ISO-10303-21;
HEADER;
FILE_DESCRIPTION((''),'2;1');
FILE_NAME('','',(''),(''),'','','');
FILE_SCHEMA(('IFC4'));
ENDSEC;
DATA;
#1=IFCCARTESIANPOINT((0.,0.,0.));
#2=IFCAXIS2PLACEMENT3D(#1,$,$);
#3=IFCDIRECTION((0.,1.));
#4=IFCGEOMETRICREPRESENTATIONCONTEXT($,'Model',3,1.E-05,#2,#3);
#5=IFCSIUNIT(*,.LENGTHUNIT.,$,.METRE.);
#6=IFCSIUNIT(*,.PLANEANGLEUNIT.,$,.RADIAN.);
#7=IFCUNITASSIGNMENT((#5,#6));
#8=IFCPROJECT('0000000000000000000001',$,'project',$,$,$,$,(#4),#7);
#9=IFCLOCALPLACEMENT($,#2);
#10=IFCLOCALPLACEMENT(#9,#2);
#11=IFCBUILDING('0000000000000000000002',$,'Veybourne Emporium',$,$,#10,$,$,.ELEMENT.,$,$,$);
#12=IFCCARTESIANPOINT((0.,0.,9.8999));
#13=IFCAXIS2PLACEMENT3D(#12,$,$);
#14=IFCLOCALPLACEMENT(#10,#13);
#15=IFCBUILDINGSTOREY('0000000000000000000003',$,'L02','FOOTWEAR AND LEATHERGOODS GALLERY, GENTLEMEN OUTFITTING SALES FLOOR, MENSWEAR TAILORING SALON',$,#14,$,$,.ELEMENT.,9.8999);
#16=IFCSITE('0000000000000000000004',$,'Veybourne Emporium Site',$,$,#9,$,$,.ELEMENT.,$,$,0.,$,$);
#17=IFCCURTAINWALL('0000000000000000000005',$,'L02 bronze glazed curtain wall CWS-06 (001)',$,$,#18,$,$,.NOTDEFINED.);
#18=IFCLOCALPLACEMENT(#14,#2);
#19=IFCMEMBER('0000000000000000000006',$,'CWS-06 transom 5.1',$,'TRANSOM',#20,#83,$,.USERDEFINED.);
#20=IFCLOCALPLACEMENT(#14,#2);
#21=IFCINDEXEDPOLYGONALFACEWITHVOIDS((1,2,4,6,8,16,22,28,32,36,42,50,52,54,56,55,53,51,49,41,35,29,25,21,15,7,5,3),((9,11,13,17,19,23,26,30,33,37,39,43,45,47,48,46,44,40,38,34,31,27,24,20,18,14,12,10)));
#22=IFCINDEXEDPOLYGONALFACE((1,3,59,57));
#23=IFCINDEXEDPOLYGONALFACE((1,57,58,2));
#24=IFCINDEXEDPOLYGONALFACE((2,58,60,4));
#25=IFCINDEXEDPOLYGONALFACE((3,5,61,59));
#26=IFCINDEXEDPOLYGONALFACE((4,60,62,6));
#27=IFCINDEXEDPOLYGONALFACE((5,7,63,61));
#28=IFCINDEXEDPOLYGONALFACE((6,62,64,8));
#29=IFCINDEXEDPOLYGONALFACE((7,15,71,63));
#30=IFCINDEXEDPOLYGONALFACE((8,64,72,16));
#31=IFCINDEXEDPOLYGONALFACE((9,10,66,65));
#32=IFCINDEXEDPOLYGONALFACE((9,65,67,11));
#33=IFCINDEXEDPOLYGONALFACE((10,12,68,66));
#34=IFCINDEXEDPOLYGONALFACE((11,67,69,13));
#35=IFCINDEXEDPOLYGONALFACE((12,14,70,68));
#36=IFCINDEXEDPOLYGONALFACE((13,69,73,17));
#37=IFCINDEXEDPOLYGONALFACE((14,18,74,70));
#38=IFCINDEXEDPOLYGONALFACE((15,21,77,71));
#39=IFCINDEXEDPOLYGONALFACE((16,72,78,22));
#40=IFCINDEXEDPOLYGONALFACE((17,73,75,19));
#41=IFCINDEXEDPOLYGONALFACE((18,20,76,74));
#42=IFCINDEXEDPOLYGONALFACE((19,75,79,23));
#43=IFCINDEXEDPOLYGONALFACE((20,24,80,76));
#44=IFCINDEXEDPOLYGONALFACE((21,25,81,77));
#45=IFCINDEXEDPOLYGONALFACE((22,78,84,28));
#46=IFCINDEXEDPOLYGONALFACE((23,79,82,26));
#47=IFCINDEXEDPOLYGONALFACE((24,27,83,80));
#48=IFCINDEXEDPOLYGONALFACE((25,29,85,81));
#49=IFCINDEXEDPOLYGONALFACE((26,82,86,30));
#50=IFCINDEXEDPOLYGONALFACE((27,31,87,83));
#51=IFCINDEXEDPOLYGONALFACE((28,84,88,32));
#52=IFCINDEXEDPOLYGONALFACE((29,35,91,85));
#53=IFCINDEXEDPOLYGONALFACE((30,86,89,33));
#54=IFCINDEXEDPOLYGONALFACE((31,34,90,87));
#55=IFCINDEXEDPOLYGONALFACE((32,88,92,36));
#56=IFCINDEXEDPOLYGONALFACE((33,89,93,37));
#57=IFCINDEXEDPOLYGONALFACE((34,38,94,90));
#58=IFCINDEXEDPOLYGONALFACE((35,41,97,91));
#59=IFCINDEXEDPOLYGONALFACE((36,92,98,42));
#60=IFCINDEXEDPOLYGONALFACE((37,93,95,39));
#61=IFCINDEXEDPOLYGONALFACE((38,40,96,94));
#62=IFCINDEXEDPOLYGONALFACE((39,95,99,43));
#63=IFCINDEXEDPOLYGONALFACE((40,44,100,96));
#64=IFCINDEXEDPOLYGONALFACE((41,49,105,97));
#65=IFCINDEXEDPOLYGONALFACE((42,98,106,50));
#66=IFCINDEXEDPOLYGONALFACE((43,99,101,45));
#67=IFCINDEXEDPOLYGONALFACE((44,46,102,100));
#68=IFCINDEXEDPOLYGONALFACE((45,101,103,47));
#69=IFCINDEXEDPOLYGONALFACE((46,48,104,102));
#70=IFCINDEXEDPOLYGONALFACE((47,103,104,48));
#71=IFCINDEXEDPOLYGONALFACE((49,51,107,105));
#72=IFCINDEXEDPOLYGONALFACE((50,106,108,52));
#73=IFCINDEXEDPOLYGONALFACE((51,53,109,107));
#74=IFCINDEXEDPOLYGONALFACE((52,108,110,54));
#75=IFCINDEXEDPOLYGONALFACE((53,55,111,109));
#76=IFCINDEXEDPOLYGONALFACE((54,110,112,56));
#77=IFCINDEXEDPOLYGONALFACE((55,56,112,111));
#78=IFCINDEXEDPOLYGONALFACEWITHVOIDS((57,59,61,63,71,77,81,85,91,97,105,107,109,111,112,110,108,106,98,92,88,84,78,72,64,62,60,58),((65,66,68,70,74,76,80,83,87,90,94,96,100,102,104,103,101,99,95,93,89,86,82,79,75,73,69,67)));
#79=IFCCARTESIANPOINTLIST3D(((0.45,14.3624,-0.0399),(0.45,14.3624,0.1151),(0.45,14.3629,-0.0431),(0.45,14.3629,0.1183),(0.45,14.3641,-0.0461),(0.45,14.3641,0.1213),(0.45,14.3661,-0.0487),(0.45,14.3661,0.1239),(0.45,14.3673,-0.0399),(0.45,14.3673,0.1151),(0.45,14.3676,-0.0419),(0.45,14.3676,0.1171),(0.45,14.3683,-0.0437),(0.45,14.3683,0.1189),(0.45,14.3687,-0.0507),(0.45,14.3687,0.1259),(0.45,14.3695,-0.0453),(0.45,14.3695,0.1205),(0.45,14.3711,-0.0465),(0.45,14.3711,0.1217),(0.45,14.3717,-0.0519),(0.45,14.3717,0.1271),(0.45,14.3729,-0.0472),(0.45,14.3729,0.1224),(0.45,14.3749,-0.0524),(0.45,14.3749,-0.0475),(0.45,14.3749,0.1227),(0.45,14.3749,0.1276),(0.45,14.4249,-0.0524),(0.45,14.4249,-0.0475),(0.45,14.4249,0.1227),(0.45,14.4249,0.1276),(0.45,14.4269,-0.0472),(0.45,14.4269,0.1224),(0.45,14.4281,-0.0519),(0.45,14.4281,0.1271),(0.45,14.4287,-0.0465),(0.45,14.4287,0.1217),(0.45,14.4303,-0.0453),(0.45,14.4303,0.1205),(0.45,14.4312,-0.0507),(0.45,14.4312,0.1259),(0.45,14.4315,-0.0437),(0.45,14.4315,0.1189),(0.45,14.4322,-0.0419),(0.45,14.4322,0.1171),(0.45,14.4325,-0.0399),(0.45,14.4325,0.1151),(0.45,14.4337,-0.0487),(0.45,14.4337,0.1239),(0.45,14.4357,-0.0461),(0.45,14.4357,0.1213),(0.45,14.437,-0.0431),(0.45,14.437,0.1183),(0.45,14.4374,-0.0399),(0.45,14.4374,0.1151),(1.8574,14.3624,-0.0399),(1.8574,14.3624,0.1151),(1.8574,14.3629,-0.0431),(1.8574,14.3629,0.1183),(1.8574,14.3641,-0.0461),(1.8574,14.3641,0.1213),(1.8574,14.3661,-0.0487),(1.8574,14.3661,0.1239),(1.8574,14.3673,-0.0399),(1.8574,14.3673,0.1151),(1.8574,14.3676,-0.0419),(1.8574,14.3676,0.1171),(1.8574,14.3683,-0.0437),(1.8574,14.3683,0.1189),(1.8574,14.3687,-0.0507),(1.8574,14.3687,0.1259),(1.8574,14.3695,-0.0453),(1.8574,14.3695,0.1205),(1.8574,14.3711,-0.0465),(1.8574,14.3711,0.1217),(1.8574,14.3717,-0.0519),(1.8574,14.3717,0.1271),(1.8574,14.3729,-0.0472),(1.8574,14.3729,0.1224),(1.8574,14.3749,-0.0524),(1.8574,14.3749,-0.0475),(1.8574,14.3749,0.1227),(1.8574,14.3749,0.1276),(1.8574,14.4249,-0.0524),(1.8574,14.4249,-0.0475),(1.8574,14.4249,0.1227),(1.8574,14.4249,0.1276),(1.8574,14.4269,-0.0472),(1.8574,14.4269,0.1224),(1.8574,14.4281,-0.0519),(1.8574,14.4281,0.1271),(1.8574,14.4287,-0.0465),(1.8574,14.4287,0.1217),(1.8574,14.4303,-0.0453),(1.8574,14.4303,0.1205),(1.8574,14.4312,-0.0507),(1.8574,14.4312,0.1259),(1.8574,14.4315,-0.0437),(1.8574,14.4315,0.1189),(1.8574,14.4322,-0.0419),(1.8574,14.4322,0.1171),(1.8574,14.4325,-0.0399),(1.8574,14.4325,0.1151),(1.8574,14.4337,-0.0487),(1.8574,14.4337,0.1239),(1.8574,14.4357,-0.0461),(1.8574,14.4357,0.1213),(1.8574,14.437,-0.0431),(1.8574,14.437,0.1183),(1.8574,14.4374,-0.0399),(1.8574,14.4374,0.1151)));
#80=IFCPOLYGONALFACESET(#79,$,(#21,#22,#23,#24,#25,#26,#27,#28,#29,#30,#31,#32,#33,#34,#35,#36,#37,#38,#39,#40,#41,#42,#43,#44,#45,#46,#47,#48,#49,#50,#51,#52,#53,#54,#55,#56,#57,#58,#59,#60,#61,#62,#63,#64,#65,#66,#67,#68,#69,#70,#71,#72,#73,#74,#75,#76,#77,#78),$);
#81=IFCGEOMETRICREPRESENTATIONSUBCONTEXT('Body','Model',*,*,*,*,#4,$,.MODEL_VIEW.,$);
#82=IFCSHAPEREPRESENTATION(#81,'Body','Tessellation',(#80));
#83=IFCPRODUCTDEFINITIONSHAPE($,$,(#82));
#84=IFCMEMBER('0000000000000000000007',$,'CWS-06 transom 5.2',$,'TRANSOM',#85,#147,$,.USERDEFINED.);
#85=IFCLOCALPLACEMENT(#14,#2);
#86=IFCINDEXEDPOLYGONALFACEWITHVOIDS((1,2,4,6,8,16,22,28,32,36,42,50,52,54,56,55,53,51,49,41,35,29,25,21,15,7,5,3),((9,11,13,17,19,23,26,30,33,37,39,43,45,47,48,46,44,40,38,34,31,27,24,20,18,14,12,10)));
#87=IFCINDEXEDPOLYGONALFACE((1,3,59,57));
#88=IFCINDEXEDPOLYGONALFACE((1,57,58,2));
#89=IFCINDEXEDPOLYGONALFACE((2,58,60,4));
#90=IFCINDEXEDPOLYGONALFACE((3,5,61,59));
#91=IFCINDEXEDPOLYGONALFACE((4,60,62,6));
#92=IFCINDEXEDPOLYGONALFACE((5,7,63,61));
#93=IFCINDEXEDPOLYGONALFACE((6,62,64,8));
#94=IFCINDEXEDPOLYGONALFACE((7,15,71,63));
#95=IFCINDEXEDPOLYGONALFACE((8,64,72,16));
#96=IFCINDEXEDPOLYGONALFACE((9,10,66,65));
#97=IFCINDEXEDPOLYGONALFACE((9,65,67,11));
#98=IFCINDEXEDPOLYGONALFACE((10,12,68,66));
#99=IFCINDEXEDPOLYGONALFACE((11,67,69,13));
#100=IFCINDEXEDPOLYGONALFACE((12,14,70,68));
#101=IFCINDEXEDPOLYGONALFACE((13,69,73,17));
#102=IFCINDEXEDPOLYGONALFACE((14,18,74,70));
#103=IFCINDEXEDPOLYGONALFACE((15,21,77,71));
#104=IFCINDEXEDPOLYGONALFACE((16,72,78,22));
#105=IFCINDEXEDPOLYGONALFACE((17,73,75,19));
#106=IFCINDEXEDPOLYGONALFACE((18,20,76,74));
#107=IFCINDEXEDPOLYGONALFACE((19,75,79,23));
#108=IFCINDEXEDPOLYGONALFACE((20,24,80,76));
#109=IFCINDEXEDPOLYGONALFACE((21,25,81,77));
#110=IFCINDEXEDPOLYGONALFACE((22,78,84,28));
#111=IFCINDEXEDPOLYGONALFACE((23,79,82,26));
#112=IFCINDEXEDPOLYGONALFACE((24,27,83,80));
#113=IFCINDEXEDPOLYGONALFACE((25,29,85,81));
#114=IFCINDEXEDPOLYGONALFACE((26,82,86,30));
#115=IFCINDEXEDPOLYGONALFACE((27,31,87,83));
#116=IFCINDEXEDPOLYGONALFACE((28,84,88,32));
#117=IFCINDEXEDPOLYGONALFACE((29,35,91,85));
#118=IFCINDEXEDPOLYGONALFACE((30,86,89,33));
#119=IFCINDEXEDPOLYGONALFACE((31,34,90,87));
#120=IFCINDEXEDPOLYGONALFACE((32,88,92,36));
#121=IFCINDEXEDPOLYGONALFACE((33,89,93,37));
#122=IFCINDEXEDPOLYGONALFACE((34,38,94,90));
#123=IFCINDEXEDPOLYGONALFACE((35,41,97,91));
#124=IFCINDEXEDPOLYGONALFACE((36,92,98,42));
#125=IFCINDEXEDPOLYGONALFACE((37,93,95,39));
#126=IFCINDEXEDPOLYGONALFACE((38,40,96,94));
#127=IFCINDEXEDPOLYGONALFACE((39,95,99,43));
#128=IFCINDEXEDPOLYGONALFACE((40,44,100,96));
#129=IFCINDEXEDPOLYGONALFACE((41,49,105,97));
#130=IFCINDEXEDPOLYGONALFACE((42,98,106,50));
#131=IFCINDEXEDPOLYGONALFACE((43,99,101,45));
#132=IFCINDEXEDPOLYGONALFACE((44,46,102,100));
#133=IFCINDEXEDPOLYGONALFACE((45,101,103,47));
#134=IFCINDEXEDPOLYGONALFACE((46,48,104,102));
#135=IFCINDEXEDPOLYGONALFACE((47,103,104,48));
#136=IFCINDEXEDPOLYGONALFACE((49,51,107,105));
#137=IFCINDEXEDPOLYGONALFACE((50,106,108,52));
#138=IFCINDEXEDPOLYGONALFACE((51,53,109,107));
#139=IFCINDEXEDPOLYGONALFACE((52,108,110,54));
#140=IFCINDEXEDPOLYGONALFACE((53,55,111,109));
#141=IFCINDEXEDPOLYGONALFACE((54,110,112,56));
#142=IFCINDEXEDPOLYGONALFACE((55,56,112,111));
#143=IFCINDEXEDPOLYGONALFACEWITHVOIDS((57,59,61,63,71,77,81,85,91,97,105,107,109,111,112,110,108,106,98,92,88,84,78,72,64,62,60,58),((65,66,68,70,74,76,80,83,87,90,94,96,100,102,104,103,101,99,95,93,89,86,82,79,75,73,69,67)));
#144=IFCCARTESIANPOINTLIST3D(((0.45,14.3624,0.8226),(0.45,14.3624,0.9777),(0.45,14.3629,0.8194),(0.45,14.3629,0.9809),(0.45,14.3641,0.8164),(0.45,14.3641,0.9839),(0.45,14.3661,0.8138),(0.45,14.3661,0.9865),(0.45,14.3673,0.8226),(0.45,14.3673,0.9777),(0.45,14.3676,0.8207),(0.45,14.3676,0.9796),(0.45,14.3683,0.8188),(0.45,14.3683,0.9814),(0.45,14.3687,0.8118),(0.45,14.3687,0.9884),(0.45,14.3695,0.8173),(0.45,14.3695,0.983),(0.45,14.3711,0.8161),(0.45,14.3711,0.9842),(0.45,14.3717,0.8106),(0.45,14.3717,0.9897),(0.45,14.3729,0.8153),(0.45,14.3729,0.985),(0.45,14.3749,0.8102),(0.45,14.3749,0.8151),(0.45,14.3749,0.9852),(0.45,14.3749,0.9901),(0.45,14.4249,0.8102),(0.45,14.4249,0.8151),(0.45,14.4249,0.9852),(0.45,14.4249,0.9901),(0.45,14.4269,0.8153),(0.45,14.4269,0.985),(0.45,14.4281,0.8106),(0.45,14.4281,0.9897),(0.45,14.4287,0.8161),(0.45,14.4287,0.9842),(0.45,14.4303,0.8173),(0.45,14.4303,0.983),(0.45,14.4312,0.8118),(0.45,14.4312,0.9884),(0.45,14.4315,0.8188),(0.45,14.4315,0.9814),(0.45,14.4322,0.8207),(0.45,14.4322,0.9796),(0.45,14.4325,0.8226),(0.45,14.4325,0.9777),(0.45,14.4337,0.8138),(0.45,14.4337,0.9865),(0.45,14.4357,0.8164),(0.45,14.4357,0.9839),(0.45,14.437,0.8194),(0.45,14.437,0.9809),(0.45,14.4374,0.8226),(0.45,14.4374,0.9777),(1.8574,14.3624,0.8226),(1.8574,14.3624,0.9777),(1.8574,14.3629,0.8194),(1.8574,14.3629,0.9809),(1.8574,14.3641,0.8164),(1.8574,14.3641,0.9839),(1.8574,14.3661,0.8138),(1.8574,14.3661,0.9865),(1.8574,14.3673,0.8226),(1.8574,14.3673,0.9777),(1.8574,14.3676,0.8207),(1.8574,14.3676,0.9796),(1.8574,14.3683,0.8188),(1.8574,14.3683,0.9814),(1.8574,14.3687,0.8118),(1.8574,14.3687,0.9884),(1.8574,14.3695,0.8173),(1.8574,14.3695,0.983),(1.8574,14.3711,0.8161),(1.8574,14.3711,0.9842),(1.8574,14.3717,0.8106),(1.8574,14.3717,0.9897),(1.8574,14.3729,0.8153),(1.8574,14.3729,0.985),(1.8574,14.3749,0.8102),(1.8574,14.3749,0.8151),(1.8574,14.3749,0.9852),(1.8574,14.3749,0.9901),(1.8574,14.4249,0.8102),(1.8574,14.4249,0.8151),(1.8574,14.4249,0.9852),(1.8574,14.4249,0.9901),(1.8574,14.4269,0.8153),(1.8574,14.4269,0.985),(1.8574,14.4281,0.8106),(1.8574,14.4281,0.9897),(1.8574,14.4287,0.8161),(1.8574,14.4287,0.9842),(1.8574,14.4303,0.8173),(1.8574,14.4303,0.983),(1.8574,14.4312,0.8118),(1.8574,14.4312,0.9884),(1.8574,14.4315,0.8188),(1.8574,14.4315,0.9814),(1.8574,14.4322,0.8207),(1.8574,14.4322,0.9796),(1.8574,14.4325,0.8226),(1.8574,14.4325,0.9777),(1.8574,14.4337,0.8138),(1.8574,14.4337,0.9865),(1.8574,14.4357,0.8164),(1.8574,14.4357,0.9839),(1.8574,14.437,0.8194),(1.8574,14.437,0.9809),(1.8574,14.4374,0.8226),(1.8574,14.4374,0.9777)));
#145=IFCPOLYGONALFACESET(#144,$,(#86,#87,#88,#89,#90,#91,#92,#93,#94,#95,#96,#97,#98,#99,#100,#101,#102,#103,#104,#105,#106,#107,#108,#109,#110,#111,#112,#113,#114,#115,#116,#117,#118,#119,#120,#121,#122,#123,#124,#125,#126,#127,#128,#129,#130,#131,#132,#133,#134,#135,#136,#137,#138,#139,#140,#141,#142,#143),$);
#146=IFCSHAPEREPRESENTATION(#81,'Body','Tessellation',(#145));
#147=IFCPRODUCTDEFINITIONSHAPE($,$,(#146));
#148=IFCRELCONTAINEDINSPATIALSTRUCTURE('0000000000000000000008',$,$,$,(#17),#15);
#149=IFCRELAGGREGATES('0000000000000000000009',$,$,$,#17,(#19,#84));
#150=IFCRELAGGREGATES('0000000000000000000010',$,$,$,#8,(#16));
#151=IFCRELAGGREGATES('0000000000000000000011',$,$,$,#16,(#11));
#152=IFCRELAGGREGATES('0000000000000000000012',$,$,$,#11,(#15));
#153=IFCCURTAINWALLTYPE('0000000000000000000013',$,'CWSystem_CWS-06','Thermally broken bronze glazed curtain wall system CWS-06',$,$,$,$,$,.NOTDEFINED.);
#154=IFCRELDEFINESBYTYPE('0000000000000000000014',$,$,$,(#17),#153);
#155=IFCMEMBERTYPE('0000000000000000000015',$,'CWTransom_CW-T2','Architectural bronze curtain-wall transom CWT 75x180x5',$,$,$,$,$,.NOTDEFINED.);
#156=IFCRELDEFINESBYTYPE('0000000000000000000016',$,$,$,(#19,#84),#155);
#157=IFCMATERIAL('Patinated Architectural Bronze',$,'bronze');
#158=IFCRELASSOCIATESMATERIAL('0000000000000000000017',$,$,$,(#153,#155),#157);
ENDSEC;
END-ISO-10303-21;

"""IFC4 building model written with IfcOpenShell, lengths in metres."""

from ifc_helpers import new_model, si_unit, direction, frame, origin, origin_2d, place, context, subcontext, project, spatial, hollow_rectangle, extrude, material, material_profile, profile_set, type_object, element, aggregate, save


model = new_model("IFC4")

# Units and contexts
model_context = context("Model", 3, precision=1e-05, world=origin(), true_north=direction((0.0, 1.0)))
body_context = subcontext(model_context, "Body", "Model", "MODEL_VIEW")
ifc_project = project(units=[si_unit("LENGTHUNIT", "METRE"), si_unit("PLANEANGLEUNIT", "RADIAN")], contexts=[model_context])

# Site, building, storey
site_placement = place(None, origin())
site = spatial("IfcSite", under=ifc_project, at=site_placement, Name="Veybourne Emporium Site", CompositionType="ELEMENT", RefElevation=0.0)
building_placement = place(site_placement, origin())
building = spatial("IfcBuilding", under=site, at=building_placement, Name="Veybourne Emporium", CompositionType="ELEMENT")
storey_placement = place(building_placement, frame((0.0, 0.0, 9.8999)))
storey = spatial("IfcBuildingStorey", under=building, at=storey_placement, Name="L02", Description="FOOTWEAR AND LEATHERGOODS GALLERY, GENTLEMEN OUTFITTING SALES FLOOR, MENSWEAR TAILORING SALON", CompositionType="ELEMENT", Elevation=9.8999)

# Curtain wall, members
ifc_material_1 = material(Name="Patinated Architectural Bronze", Category="bronze")
curtain_wall_type = type_object("IfcCurtainWallType", Name="CWSystem_CWS-06", Description="Thermally broken bronze glazed curtain wall system CWS-06", PredefinedType="NOTDEFINED", material=ifc_material_1)
curtain_wall_placement = place(storey_placement, origin())
curtain_wall = element("IfcCurtainWall", 1, at=curtain_wall_placement, inside=storey, type_object=curtain_wall_type, Name="L02 bronze glazed curtain wall CWS-06 (001)", PredefinedType="NOTDEFINED")
ifc_material_profile_1 = material_profile(ifc_material_1, hollow_rectangle(XDim=0.075, YDim=0.1799, WallThickness=0.0049, InnerFilletRadius=0.0076, OuterFilletRadius=0.0125, at=origin_2d()), Name="CWT 75x180x5")
ifc_profile_set_1 = profile_set([ifc_material_profile_1], Name="Patinated Architectural Bronze")
member_type_1 = type_object("IfcMemberType", Name="CWTransom_CW-T2", Description="Architectural bronze curtain-wall transom CWT 75x180x5", PredefinedType="NOTDEFINED", material=ifc_profile_set_1)
member_1_placement = place(storey_placement, frame((1.8574, 14.3999, 0.0376), z_axis=(-1.0, 0.0, 0.0), x_axis=(0.0, -1.0, 0.0)))
member_1 = element("IfcMember", 2, at=member_1_placement, type_object=member_type_1, Name="CWS-06 transom 5.1", ObjectType="TRANSOM", PredefinedType="USERDEFINED", context=body_context, shape_type="SweptSolid", body=[
    extrude(hollow_rectangle(XDim=0.075, YDim=0.1799, WallThickness=0.0049, InnerFilletRadius=0.0076, OuterFilletRadius=0.0125, at=origin_2d()), origin(), (0.0, 0.0, 1.0), 1.4075),
])
member_2_placement = place(storey_placement, frame((1.8574, 14.3999, 0.9001), z_axis=(-1.0, 0.0, 0.0), x_axis=(0.0, -1.0, 0.0)))
member_2 = element("IfcMember", 3, at=member_2_placement, type_object=member_type_1, Name="CWS-06 transom 5.2", ObjectType="TRANSOM", PredefinedType="USERDEFINED", context=body_context, shape_type="SweptSolid", body=[
    extrude(hollow_rectangle(XDim=0.075, YDim=0.1799, WallThickness=0.0049, InnerFilletRadius=0.0076, OuterFilletRadius=0.0125, at=origin_2d()), origin(), (0.0, 0.0, 1.0), 1.4075),
])

aggregate(curtain_wall, [member_1, member_2])

save(model, "model.ifc")
